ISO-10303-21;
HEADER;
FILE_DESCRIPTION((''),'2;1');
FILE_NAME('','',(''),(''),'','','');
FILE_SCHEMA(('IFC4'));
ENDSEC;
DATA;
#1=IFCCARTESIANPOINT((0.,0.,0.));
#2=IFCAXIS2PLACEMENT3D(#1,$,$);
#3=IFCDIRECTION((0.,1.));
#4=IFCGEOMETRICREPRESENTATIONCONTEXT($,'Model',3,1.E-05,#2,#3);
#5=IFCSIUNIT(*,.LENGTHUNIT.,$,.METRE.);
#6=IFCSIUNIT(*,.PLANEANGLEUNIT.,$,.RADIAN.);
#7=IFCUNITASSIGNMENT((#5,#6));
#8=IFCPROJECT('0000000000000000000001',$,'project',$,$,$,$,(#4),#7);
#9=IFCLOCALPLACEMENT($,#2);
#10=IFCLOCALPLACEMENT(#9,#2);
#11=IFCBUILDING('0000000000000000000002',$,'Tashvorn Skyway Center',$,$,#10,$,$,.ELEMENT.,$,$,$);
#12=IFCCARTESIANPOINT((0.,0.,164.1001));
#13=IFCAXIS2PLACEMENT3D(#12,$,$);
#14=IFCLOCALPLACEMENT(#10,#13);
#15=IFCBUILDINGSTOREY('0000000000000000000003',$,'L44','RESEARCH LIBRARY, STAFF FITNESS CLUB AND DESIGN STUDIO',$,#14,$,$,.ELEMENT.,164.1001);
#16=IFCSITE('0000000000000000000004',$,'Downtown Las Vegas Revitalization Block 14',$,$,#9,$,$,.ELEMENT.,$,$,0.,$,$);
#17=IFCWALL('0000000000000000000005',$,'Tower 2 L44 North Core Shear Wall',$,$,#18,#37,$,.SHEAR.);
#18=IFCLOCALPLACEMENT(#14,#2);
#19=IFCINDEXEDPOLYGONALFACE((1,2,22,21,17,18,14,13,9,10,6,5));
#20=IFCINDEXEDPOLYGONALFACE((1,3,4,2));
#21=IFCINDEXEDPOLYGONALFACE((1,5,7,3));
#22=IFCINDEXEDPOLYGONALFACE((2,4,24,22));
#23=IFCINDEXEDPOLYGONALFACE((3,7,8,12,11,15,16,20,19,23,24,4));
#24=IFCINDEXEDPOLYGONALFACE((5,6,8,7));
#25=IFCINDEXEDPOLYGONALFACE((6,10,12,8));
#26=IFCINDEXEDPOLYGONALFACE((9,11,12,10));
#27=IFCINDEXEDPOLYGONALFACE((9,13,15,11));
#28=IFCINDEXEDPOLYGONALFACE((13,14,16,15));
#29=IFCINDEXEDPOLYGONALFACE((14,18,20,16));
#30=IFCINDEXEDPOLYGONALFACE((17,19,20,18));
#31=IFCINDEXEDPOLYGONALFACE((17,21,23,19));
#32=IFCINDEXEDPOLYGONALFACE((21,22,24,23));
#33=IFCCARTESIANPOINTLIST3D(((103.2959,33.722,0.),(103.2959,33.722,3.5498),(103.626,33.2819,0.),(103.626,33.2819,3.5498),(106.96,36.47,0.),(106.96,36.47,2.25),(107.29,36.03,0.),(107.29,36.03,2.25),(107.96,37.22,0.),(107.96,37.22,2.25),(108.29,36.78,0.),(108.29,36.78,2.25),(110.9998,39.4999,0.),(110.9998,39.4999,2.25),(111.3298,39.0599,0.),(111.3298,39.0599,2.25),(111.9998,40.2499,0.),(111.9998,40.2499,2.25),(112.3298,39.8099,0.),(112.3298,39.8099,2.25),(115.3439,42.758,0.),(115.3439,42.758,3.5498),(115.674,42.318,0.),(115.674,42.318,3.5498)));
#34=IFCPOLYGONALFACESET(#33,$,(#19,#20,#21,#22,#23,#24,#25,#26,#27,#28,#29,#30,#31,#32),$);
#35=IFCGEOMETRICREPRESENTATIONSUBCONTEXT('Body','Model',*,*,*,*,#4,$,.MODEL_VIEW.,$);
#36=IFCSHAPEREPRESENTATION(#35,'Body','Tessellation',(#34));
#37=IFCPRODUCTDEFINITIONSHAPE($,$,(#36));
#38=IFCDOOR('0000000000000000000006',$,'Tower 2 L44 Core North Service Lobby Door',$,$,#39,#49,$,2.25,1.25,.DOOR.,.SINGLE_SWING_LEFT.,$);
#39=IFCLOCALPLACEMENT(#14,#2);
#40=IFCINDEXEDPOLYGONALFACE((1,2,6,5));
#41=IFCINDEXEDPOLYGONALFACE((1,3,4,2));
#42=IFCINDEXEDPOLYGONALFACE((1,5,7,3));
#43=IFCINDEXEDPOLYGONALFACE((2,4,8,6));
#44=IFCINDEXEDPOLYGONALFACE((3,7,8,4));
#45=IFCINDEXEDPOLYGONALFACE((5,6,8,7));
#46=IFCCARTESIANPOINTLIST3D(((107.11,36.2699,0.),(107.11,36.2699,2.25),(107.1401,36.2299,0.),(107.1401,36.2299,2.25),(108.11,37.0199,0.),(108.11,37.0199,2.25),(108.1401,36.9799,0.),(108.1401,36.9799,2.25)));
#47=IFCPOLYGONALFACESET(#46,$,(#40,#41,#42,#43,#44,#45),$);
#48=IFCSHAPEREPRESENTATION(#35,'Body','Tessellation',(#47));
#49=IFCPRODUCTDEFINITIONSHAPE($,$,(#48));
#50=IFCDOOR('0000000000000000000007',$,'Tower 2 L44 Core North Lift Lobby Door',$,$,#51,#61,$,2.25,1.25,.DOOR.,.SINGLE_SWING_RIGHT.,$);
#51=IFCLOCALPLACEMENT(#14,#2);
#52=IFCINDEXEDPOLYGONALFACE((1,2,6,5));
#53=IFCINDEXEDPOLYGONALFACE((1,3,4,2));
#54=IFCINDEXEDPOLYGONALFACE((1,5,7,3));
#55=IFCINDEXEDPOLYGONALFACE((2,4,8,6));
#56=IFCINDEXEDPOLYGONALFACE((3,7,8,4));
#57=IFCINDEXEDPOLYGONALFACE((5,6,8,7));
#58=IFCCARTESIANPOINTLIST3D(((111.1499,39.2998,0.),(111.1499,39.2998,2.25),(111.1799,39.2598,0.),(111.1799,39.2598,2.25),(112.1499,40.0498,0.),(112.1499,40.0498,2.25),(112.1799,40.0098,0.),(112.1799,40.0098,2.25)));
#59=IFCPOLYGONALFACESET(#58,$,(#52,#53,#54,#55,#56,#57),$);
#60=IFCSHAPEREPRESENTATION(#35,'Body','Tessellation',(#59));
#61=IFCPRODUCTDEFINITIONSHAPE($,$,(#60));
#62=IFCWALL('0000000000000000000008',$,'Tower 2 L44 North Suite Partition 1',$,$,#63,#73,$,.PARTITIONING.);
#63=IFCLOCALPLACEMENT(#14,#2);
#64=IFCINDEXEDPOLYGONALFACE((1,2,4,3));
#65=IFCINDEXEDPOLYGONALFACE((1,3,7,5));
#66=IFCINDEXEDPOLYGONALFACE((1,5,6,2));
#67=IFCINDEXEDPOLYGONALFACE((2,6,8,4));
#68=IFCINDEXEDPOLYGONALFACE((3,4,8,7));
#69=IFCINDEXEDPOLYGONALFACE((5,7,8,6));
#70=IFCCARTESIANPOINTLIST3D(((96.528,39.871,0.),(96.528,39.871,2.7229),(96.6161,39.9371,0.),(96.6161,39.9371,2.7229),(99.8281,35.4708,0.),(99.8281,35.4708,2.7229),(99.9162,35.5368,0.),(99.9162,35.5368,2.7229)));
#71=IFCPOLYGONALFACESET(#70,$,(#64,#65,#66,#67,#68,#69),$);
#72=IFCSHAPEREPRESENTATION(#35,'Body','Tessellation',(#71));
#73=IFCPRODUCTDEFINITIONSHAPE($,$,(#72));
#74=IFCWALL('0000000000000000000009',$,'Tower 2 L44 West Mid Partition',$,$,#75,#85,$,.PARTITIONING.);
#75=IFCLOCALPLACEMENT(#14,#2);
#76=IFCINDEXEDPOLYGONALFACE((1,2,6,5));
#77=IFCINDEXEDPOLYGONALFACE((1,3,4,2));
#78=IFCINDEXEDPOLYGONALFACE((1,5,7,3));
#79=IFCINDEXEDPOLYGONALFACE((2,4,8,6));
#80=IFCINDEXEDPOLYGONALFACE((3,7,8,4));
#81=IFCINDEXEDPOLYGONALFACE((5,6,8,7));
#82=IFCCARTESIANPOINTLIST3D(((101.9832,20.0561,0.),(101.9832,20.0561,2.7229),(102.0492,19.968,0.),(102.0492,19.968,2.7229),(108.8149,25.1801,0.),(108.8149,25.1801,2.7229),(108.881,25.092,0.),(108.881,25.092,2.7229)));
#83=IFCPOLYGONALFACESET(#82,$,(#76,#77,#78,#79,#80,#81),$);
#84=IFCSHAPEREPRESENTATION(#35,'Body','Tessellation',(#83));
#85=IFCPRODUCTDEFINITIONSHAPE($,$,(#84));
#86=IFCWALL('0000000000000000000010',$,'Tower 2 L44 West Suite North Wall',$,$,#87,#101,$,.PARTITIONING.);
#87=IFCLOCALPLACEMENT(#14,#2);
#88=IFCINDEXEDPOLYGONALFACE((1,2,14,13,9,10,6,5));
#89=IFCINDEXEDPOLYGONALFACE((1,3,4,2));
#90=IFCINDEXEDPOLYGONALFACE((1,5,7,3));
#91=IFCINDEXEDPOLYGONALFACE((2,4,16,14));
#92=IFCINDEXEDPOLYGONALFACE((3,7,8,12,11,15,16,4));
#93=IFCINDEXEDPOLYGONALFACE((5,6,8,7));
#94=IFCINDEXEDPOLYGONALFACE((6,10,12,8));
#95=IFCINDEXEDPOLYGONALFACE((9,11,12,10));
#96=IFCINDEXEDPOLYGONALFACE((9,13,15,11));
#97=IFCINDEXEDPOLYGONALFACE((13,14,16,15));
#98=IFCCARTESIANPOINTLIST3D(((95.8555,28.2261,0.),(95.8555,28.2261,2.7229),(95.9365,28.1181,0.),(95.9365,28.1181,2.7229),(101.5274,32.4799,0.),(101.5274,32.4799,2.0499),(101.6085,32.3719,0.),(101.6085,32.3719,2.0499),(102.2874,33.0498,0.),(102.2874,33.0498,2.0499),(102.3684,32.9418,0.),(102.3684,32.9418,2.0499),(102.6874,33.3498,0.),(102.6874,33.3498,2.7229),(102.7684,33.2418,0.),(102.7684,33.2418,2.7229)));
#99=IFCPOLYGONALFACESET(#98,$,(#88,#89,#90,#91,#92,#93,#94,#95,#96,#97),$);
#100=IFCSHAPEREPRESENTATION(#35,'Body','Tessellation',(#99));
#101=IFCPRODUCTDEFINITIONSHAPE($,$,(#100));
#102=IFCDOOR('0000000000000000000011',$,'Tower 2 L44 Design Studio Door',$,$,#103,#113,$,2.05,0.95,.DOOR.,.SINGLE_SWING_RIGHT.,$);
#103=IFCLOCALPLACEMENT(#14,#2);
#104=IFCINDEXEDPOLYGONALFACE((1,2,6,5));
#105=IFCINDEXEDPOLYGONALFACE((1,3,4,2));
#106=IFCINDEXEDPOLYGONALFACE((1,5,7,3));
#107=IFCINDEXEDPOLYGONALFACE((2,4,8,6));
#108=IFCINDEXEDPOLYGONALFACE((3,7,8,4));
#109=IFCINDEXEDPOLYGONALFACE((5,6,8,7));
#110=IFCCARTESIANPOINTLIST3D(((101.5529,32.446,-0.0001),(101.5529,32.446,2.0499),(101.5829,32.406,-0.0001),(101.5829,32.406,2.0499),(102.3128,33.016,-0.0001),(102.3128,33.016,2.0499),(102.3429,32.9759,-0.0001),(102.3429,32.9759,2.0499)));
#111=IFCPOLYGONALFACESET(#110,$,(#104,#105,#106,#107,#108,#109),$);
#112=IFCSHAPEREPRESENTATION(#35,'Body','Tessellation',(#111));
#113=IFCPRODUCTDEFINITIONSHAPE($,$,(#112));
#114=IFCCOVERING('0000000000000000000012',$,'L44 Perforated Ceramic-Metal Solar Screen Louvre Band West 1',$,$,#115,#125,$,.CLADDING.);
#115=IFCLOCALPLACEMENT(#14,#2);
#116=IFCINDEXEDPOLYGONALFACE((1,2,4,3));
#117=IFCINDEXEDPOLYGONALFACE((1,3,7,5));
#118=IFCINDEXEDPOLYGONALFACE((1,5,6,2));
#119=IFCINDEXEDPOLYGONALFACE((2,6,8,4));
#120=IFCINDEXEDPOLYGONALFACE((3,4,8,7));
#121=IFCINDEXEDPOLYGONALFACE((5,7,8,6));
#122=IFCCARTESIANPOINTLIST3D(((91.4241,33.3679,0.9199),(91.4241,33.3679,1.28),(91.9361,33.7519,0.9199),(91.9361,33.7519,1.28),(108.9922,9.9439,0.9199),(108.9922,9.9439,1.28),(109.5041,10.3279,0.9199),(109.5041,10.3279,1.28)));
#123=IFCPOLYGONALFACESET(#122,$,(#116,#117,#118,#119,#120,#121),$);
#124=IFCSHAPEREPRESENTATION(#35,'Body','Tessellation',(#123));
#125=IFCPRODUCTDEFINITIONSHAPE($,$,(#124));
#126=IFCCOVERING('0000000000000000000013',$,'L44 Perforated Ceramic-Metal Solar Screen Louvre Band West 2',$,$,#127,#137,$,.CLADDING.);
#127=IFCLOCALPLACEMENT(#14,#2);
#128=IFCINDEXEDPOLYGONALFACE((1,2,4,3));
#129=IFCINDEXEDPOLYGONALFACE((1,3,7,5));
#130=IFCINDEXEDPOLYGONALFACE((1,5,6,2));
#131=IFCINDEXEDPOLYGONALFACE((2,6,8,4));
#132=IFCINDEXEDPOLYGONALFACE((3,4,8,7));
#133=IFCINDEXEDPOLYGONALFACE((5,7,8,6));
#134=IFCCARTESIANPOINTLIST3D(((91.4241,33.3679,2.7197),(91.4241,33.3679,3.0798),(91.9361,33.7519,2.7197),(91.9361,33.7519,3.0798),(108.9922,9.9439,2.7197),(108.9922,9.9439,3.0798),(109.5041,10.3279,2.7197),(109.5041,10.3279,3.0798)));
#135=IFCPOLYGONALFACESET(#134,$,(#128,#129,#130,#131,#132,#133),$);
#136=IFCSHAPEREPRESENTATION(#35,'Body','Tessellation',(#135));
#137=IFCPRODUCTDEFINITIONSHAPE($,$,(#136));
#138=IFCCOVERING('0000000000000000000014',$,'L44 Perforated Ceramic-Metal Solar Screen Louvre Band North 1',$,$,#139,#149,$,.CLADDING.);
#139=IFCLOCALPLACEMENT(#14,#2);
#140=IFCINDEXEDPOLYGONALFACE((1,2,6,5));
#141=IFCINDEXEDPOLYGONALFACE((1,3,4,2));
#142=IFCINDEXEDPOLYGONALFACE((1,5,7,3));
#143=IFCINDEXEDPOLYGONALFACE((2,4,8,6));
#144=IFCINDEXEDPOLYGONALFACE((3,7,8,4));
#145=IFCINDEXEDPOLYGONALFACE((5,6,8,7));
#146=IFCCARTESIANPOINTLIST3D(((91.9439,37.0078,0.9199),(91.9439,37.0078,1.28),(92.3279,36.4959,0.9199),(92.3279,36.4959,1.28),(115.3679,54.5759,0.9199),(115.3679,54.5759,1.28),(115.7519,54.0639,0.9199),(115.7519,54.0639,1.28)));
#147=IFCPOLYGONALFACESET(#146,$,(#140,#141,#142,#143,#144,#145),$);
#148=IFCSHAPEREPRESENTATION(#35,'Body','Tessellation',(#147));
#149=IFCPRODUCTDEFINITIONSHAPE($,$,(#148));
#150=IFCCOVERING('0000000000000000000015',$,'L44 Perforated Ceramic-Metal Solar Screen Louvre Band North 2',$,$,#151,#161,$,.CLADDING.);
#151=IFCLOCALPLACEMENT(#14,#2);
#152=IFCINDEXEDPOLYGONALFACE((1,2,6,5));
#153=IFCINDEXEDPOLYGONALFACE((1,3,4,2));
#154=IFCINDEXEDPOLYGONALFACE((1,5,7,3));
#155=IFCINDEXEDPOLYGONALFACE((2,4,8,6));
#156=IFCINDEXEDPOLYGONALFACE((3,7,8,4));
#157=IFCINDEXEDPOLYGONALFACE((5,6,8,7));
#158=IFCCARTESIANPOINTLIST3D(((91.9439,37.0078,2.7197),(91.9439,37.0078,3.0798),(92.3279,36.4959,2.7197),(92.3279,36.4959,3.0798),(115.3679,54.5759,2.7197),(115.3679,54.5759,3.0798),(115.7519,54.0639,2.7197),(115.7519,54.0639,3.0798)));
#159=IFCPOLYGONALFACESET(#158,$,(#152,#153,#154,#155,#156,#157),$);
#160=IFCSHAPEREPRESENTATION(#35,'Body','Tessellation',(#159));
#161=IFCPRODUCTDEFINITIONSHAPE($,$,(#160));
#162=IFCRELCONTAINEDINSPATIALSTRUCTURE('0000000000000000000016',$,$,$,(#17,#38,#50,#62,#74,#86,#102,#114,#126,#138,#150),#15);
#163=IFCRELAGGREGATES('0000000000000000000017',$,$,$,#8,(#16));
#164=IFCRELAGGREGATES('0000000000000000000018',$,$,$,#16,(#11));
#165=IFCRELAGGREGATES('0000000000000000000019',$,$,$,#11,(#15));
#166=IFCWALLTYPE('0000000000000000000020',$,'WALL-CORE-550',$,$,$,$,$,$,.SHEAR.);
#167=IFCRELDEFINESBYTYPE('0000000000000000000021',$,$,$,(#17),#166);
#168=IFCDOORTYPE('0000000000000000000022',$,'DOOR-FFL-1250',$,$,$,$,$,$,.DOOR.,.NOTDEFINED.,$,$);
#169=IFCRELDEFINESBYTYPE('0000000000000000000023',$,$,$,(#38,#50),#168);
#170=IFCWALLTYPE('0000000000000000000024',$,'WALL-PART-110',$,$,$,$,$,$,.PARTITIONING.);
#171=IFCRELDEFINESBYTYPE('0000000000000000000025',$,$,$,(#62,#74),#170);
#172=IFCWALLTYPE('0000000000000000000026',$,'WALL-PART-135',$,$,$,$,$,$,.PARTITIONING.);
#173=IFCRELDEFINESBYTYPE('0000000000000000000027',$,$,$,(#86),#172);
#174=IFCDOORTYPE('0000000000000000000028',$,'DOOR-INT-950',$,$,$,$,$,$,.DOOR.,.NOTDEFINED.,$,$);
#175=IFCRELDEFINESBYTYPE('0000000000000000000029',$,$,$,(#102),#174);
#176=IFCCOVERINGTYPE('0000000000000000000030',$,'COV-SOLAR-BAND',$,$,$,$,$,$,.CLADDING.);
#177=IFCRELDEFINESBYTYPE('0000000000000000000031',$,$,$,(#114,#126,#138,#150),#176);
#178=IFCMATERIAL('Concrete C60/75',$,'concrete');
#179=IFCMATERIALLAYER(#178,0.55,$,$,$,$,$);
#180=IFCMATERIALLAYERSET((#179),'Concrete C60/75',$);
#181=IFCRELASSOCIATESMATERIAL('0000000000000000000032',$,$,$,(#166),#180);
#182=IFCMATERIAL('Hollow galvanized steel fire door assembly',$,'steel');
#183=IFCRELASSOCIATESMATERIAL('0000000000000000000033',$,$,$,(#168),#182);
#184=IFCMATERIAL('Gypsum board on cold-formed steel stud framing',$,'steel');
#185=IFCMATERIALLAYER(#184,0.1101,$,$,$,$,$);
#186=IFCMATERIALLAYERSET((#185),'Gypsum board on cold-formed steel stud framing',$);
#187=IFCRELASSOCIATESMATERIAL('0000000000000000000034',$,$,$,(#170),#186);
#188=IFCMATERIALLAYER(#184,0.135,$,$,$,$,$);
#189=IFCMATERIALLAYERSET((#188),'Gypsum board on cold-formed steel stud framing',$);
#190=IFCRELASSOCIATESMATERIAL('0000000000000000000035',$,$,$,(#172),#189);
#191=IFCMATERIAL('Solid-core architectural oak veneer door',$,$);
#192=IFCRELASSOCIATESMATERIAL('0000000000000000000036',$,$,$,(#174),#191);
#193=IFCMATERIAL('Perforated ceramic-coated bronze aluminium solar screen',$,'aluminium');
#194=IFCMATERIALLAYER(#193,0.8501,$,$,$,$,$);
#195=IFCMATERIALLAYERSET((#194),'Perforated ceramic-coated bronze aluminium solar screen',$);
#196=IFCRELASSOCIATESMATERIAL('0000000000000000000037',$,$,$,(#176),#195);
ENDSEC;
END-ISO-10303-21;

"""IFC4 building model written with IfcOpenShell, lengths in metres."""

from ifc_helpers import new_model, si_unit, direction, frame, frame_2d, origin, origin_2d, place, context, subcontext, project, spatial, rectangle, extrude, material, layer, layer_set, type_object, element, fill, save


model = new_model("IFC4")

# Units and contexts
model_context = context("Model", 3, precision=1e-05, world=origin(), true_north=direction((0.0, 1.0)))
body_context = subcontext(model_context, "Body", "Model", "MODEL_VIEW")
ifc_project = project(units=[si_unit("LENGTHUNIT", "METRE"), si_unit("PLANEANGLEUNIT", "RADIAN")], contexts=[model_context])

# Site, building, storey
site_placement = place(None, origin())
site = spatial("IfcSite", under=ifc_project, at=site_placement, Name="Downtown Las Vegas Revitalization Block 14", CompositionType="ELEMENT", RefElevation=0.0)
building_placement = place(site_placement, origin())
building = spatial("IfcBuilding", under=site, at=building_placement, Name="Tashvorn Skyway Center", CompositionType="ELEMENT")
storey_placement = place(building_placement, frame((0.0, 0.0, 164.1001)))
storey = spatial("IfcBuildingStorey", under=building, at=storey_placement, Name="L44", Description="RESEARCH LIBRARY, STAFF FITNESS CLUB AND DESIGN STUDIO", CompositionType="ELEMENT", Elevation=164.1001)

# Wall, openings, doors
ifc_material_1 = material(Name="Concrete C60/75", Category="concrete")
ifc_layer_1 = layer(ifc_material_1, 0.55)
ifc_layer_set_1 = layer_set([ifc_layer_1], Name="Concrete C60/75")
wall_type_1 = type_object("IfcWallType", Name="WALL-CORE-550", PredefinedType="SHEAR", material=ifc_layer_set_1)
wall_1_placement = place(storey_placement, frame((103.4609, 33.502, 0.0), z_axis=(0.0, 0.0, 1.0), x_axis=(0.799998, 0.600003, 0.0)))
wall_1 = element("IfcWall", 1, at=wall_1_placement, inside=storey, type_object=wall_type_1, Name="Tower 2 L44 North Core Shear Wall", PredefinedType="SHEAR", context=body_context, shape_type="SweptSolid", body=[
    extrude(rectangle(XDim=15.0601, YDim=0.55, at=frame_2d((7.53, 0.0))), origin(), (0.0, 0.0, 1.0), 3.5498),
])
opening_1_placement = place(wall_1_placement, frame((4.5801, 0.0, 0.0)))
opening_1 = element("IfcOpeningElement", 2, at=opening_1_placement, cuts=wall_1, PredefinedType="OPENING", context=body_context, shape_type="SweptSolid", body=[
    extrude(rectangle(XDim=1.25, YDim=2.25, at=frame_2d((0.625, 1.125))), frame((0.0, 0.2849, 0.0), z_axis=(0.0, -1.0, 0.0), x_axis=(1.0, 0.0, 0.0)), (0.0, 0.0, 1.0), 0.5701),
])
opening_2_placement = place(wall_1_placement, frame((9.6299, 0.0, 0.0)))
opening_2 = element("IfcOpeningElement", 3, at=opening_2_placement, cuts=wall_1, PredefinedType="OPENING", context=body_context, shape_type="SweptSolid", body=[
    extrude(rectangle(XDim=1.25, YDim=2.25, at=frame_2d((0.625, 1.125))), frame((0.0, 0.2849, 0.0), z_axis=(0.0, -1.0, 0.0), x_axis=(1.0, 0.0, 0.0)), (0.0, 0.0, 1.0), 0.5701),
])
ifc_material_2 = material(Name="Hollow galvanized steel fire door assembly", Category="steel")
door_type_1 = type_object("IfcDoorType", Name="DOOR-FFL-1250", OperationType="NOTDEFINED", PredefinedType="DOOR", material=ifc_material_2)
door_1_placement = place(opening_1_placement, origin())
door_1 = element("IfcDoor", 4, at=door_1_placement, inside=storey, type_object=door_type_1, Name="Tower 2 L44 Core North Service Lobby Door", OperationType="SINGLE_SWING_LEFT", OverallHeight=2.25, OverallWidth=1.25, PredefinedType="DOOR", context=body_context, shape_type="SweptSolid", body=[
    extrude(rectangle(XDim=1.25, YDim=2.25, at=frame_2d((0.625, 1.125))), frame((0.0, 0.0249, 0.0), z_axis=(0.0, -1.0, 0.0), x_axis=(1.0, 0.0, 0.0)), (0.0, 0.0, 1.0), 0.05),
])
fill(opening_1, door_1)
door_2_placement = place(opening_2_placement, origin())
door_2 = element("IfcDoor", 5, at=door_2_placement, inside=storey, type_object=door_type_1, Name="Tower 2 L44 Core North Lift Lobby Door", OperationType="SINGLE_SWING_RIGHT", OverallHeight=2.25, OverallWidth=1.25, PredefinedType="DOOR", context=body_context, shape_type="SweptSolid", body=[
    extrude(rectangle(XDim=1.25, YDim=2.25, at=frame_2d((0.625, 1.125))), frame((0.0, 0.0249, 0.0), z_axis=(0.0, -1.0, 0.0), x_axis=(1.0, 0.0, 0.0)), (0.0, 0.0, 1.0), 0.05),
])
fill(opening_2, door_2)

# Walls
ifc_material_3 = material(Name="Gypsum board on cold-formed steel stud framing", Category="steel")
ifc_layer_2 = layer(ifc_material_3, 0.1101)
ifc_layer_set_2 = layer_set([ifc_layer_2], Name="Gypsum board on cold-formed steel stud framing")
wall_type_2 = type_object("IfcWallType", Name="WALL-PART-110", PredefinedType="PARTITIONING", material=ifc_layer_set_2)
wall_2_placement = place(storey_placement, frame((99.8721, 35.5039, 0.0), z_axis=(0.0, 0.0, 1.0), x_axis=(-0.599993, 0.800005, 0.0)))
element("IfcWall", 6, at=wall_2_placement, inside=storey, type_object=wall_type_2, Name="Tower 2 L44 North Suite Partition 1", PredefinedType="PARTITIONING", context=body_context, shape_type="SweptSolid", body=[
    extrude(rectangle(XDim=5.5002, YDim=0.1101, at=frame_2d((2.75, 0.0))), origin(), (0.0, 0.0, 1.0), 2.7229),
])
wall_3_placement = place(storey_placement, frame((102.0161, 20.012, 0.0), z_axis=(0.0, 0.0, 1.0), x_axis=(0.79999, 0.600014, 0.0)))
element("IfcWall", 7, at=wall_3_placement, inside=storey, type_object=wall_type_2, Name="Tower 2 L44 West Mid Partition", PredefinedType="PARTITIONING", context=body_context, shape_type="SweptSolid", body=[
    extrude(rectangle(XDim=8.5398, YDim=0.1101, at=frame_2d((4.27, 0.0))), origin(), (0.0, 0.0, 1.0), 2.7229),
])

# Wall, opening, door
ifc_layer_3 = layer(ifc_material_3, 0.135)
ifc_layer_set_3 = layer_set([ifc_layer_3], Name="Gypsum board on cold-formed steel stud framing")
wall_type_3 = type_object("IfcWallType", Name="WALL-PART-135", PredefinedType="PARTITIONING", material=ifc_layer_set_3)
wall_4_placement = place(storey_placement, frame((102.728, 33.2959, 0.0), z_axis=(0.0, 0.0, 1.0), x_axis=(-0.800014, -0.599982, 0.0)))
wall_4 = element("IfcWall", 8, at=wall_4_placement, inside=storey, type_object=wall_type_3, Name="Tower 2 L44 West Suite North Wall", PredefinedType="PARTITIONING", context=body_context, shape_type="SweptSolid", body=[
    extrude(rectangle(XDim=8.5398, YDim=0.135, at=frame_2d((4.27, 0.0))), origin(), (0.0, 0.0, 1.0), 2.7229),
])
opening_3_placement = place(wall_4_placement, frame((0.5, 0.0, 0.0)))
opening_3 = element("IfcOpeningElement", 9, at=opening_3_placement, cuts=wall_4, PredefinedType="OPENING", context=body_context, shape_type="SweptSolid", body=[
    extrude(rectangle(XDim=0.95, YDim=2.05, at=frame_2d((0.4751, 1.0249))), frame((0.0, 0.0774, 0.0), z_axis=(0.0, -1.0, 0.0), x_axis=(1.0, 0.0, 0.0)), (0.0, 0.0, 1.0), 0.155),
])
ifc_material_4 = material(Name="Solid-core architectural oak veneer door")
door_type_2 = type_object("IfcDoorType", Name="DOOR-INT-950", OperationType="NOTDEFINED", PredefinedType="DOOR", material=ifc_material_4)
door_3_placement = place(opening_3_placement, origin())
door_3 = element("IfcDoor", 10, at=door_3_placement, inside=storey, type_object=door_type_2, Name="Tower 2 L44 Design Studio Door", OperationType="SINGLE_SWING_RIGHT", OverallHeight=2.05, OverallWidth=0.95, PredefinedType="DOOR", context=body_context, shape_type="SweptSolid", body=[
    extrude(rectangle(XDim=0.95, YDim=2.05, at=frame_2d((0.4751, 1.0249))), frame((0.0, 0.0249, 0.0), z_axis=(0.0, -1.0, 0.0), x_axis=(1.0, 0.0, 0.0)), (0.0, 0.0, 1.0), 0.05),
])
fill(opening_3, door_3)

# Coverings
ifc_material_5 = material(Name="Perforated ceramic-coated bronze aluminium solar screen", Category="aluminium")
ifc_layer_4 = layer(ifc_material_5, 0.8501)
ifc_layer_set_4 = layer_set([ifc_layer_4], Name="Perforated ceramic-coated bronze aluminium solar screen")
covering_type = type_object("IfcCoveringType", Name="COV-SOLAR-BAND", PredefinedType="CLADDING", material=ifc_layer_set_4)
for number, where, z_axis, x_axis, name in (
    (11, (100.4641, 21.8479, 0.9199), (0.0, 0.0, 1.0), (-0.6, 0.8, 0.0), "L44 Perforated Ceramic-Metal Solar Screen Louvre Band West 1"),
    (12, (100.4641, 21.8479, 2.7197), (0.0, 0.0, 1.0), (-0.6, 0.8, 0.0), "L44 Perforated Ceramic-Metal Solar Screen Louvre Band West 2"),
    (13, (103.8479, 45.5359, 0.9199), (0.0, 0.0, 1.0), (0.8, 0.6, 0.0), "L44 Perforated Ceramic-Metal Solar Screen Louvre Band North 1"),
    (14, (103.8479, 45.5359, 2.7197), (0.0, 0.0, 1.0), (0.8, 0.6, 0.0), "L44 Perforated Ceramic-Metal Solar Screen Louvre Band North 2"),
):
    element("IfcCovering", number, at=place(storey_placement, frame(where, z_axis=z_axis, x_axis=x_axis)), inside=storey, type_object=covering_type, Name=name, PredefinedType="CLADDING", context=body_context, shape_type="SweptSolid", body=[
        extrude(rectangle(XDim=29.28, YDim=0.6399, at=origin_2d()), origin(), (0.0, 0.0, 1.0), 0.3601),
    ])

save(model, "model.ifc")
